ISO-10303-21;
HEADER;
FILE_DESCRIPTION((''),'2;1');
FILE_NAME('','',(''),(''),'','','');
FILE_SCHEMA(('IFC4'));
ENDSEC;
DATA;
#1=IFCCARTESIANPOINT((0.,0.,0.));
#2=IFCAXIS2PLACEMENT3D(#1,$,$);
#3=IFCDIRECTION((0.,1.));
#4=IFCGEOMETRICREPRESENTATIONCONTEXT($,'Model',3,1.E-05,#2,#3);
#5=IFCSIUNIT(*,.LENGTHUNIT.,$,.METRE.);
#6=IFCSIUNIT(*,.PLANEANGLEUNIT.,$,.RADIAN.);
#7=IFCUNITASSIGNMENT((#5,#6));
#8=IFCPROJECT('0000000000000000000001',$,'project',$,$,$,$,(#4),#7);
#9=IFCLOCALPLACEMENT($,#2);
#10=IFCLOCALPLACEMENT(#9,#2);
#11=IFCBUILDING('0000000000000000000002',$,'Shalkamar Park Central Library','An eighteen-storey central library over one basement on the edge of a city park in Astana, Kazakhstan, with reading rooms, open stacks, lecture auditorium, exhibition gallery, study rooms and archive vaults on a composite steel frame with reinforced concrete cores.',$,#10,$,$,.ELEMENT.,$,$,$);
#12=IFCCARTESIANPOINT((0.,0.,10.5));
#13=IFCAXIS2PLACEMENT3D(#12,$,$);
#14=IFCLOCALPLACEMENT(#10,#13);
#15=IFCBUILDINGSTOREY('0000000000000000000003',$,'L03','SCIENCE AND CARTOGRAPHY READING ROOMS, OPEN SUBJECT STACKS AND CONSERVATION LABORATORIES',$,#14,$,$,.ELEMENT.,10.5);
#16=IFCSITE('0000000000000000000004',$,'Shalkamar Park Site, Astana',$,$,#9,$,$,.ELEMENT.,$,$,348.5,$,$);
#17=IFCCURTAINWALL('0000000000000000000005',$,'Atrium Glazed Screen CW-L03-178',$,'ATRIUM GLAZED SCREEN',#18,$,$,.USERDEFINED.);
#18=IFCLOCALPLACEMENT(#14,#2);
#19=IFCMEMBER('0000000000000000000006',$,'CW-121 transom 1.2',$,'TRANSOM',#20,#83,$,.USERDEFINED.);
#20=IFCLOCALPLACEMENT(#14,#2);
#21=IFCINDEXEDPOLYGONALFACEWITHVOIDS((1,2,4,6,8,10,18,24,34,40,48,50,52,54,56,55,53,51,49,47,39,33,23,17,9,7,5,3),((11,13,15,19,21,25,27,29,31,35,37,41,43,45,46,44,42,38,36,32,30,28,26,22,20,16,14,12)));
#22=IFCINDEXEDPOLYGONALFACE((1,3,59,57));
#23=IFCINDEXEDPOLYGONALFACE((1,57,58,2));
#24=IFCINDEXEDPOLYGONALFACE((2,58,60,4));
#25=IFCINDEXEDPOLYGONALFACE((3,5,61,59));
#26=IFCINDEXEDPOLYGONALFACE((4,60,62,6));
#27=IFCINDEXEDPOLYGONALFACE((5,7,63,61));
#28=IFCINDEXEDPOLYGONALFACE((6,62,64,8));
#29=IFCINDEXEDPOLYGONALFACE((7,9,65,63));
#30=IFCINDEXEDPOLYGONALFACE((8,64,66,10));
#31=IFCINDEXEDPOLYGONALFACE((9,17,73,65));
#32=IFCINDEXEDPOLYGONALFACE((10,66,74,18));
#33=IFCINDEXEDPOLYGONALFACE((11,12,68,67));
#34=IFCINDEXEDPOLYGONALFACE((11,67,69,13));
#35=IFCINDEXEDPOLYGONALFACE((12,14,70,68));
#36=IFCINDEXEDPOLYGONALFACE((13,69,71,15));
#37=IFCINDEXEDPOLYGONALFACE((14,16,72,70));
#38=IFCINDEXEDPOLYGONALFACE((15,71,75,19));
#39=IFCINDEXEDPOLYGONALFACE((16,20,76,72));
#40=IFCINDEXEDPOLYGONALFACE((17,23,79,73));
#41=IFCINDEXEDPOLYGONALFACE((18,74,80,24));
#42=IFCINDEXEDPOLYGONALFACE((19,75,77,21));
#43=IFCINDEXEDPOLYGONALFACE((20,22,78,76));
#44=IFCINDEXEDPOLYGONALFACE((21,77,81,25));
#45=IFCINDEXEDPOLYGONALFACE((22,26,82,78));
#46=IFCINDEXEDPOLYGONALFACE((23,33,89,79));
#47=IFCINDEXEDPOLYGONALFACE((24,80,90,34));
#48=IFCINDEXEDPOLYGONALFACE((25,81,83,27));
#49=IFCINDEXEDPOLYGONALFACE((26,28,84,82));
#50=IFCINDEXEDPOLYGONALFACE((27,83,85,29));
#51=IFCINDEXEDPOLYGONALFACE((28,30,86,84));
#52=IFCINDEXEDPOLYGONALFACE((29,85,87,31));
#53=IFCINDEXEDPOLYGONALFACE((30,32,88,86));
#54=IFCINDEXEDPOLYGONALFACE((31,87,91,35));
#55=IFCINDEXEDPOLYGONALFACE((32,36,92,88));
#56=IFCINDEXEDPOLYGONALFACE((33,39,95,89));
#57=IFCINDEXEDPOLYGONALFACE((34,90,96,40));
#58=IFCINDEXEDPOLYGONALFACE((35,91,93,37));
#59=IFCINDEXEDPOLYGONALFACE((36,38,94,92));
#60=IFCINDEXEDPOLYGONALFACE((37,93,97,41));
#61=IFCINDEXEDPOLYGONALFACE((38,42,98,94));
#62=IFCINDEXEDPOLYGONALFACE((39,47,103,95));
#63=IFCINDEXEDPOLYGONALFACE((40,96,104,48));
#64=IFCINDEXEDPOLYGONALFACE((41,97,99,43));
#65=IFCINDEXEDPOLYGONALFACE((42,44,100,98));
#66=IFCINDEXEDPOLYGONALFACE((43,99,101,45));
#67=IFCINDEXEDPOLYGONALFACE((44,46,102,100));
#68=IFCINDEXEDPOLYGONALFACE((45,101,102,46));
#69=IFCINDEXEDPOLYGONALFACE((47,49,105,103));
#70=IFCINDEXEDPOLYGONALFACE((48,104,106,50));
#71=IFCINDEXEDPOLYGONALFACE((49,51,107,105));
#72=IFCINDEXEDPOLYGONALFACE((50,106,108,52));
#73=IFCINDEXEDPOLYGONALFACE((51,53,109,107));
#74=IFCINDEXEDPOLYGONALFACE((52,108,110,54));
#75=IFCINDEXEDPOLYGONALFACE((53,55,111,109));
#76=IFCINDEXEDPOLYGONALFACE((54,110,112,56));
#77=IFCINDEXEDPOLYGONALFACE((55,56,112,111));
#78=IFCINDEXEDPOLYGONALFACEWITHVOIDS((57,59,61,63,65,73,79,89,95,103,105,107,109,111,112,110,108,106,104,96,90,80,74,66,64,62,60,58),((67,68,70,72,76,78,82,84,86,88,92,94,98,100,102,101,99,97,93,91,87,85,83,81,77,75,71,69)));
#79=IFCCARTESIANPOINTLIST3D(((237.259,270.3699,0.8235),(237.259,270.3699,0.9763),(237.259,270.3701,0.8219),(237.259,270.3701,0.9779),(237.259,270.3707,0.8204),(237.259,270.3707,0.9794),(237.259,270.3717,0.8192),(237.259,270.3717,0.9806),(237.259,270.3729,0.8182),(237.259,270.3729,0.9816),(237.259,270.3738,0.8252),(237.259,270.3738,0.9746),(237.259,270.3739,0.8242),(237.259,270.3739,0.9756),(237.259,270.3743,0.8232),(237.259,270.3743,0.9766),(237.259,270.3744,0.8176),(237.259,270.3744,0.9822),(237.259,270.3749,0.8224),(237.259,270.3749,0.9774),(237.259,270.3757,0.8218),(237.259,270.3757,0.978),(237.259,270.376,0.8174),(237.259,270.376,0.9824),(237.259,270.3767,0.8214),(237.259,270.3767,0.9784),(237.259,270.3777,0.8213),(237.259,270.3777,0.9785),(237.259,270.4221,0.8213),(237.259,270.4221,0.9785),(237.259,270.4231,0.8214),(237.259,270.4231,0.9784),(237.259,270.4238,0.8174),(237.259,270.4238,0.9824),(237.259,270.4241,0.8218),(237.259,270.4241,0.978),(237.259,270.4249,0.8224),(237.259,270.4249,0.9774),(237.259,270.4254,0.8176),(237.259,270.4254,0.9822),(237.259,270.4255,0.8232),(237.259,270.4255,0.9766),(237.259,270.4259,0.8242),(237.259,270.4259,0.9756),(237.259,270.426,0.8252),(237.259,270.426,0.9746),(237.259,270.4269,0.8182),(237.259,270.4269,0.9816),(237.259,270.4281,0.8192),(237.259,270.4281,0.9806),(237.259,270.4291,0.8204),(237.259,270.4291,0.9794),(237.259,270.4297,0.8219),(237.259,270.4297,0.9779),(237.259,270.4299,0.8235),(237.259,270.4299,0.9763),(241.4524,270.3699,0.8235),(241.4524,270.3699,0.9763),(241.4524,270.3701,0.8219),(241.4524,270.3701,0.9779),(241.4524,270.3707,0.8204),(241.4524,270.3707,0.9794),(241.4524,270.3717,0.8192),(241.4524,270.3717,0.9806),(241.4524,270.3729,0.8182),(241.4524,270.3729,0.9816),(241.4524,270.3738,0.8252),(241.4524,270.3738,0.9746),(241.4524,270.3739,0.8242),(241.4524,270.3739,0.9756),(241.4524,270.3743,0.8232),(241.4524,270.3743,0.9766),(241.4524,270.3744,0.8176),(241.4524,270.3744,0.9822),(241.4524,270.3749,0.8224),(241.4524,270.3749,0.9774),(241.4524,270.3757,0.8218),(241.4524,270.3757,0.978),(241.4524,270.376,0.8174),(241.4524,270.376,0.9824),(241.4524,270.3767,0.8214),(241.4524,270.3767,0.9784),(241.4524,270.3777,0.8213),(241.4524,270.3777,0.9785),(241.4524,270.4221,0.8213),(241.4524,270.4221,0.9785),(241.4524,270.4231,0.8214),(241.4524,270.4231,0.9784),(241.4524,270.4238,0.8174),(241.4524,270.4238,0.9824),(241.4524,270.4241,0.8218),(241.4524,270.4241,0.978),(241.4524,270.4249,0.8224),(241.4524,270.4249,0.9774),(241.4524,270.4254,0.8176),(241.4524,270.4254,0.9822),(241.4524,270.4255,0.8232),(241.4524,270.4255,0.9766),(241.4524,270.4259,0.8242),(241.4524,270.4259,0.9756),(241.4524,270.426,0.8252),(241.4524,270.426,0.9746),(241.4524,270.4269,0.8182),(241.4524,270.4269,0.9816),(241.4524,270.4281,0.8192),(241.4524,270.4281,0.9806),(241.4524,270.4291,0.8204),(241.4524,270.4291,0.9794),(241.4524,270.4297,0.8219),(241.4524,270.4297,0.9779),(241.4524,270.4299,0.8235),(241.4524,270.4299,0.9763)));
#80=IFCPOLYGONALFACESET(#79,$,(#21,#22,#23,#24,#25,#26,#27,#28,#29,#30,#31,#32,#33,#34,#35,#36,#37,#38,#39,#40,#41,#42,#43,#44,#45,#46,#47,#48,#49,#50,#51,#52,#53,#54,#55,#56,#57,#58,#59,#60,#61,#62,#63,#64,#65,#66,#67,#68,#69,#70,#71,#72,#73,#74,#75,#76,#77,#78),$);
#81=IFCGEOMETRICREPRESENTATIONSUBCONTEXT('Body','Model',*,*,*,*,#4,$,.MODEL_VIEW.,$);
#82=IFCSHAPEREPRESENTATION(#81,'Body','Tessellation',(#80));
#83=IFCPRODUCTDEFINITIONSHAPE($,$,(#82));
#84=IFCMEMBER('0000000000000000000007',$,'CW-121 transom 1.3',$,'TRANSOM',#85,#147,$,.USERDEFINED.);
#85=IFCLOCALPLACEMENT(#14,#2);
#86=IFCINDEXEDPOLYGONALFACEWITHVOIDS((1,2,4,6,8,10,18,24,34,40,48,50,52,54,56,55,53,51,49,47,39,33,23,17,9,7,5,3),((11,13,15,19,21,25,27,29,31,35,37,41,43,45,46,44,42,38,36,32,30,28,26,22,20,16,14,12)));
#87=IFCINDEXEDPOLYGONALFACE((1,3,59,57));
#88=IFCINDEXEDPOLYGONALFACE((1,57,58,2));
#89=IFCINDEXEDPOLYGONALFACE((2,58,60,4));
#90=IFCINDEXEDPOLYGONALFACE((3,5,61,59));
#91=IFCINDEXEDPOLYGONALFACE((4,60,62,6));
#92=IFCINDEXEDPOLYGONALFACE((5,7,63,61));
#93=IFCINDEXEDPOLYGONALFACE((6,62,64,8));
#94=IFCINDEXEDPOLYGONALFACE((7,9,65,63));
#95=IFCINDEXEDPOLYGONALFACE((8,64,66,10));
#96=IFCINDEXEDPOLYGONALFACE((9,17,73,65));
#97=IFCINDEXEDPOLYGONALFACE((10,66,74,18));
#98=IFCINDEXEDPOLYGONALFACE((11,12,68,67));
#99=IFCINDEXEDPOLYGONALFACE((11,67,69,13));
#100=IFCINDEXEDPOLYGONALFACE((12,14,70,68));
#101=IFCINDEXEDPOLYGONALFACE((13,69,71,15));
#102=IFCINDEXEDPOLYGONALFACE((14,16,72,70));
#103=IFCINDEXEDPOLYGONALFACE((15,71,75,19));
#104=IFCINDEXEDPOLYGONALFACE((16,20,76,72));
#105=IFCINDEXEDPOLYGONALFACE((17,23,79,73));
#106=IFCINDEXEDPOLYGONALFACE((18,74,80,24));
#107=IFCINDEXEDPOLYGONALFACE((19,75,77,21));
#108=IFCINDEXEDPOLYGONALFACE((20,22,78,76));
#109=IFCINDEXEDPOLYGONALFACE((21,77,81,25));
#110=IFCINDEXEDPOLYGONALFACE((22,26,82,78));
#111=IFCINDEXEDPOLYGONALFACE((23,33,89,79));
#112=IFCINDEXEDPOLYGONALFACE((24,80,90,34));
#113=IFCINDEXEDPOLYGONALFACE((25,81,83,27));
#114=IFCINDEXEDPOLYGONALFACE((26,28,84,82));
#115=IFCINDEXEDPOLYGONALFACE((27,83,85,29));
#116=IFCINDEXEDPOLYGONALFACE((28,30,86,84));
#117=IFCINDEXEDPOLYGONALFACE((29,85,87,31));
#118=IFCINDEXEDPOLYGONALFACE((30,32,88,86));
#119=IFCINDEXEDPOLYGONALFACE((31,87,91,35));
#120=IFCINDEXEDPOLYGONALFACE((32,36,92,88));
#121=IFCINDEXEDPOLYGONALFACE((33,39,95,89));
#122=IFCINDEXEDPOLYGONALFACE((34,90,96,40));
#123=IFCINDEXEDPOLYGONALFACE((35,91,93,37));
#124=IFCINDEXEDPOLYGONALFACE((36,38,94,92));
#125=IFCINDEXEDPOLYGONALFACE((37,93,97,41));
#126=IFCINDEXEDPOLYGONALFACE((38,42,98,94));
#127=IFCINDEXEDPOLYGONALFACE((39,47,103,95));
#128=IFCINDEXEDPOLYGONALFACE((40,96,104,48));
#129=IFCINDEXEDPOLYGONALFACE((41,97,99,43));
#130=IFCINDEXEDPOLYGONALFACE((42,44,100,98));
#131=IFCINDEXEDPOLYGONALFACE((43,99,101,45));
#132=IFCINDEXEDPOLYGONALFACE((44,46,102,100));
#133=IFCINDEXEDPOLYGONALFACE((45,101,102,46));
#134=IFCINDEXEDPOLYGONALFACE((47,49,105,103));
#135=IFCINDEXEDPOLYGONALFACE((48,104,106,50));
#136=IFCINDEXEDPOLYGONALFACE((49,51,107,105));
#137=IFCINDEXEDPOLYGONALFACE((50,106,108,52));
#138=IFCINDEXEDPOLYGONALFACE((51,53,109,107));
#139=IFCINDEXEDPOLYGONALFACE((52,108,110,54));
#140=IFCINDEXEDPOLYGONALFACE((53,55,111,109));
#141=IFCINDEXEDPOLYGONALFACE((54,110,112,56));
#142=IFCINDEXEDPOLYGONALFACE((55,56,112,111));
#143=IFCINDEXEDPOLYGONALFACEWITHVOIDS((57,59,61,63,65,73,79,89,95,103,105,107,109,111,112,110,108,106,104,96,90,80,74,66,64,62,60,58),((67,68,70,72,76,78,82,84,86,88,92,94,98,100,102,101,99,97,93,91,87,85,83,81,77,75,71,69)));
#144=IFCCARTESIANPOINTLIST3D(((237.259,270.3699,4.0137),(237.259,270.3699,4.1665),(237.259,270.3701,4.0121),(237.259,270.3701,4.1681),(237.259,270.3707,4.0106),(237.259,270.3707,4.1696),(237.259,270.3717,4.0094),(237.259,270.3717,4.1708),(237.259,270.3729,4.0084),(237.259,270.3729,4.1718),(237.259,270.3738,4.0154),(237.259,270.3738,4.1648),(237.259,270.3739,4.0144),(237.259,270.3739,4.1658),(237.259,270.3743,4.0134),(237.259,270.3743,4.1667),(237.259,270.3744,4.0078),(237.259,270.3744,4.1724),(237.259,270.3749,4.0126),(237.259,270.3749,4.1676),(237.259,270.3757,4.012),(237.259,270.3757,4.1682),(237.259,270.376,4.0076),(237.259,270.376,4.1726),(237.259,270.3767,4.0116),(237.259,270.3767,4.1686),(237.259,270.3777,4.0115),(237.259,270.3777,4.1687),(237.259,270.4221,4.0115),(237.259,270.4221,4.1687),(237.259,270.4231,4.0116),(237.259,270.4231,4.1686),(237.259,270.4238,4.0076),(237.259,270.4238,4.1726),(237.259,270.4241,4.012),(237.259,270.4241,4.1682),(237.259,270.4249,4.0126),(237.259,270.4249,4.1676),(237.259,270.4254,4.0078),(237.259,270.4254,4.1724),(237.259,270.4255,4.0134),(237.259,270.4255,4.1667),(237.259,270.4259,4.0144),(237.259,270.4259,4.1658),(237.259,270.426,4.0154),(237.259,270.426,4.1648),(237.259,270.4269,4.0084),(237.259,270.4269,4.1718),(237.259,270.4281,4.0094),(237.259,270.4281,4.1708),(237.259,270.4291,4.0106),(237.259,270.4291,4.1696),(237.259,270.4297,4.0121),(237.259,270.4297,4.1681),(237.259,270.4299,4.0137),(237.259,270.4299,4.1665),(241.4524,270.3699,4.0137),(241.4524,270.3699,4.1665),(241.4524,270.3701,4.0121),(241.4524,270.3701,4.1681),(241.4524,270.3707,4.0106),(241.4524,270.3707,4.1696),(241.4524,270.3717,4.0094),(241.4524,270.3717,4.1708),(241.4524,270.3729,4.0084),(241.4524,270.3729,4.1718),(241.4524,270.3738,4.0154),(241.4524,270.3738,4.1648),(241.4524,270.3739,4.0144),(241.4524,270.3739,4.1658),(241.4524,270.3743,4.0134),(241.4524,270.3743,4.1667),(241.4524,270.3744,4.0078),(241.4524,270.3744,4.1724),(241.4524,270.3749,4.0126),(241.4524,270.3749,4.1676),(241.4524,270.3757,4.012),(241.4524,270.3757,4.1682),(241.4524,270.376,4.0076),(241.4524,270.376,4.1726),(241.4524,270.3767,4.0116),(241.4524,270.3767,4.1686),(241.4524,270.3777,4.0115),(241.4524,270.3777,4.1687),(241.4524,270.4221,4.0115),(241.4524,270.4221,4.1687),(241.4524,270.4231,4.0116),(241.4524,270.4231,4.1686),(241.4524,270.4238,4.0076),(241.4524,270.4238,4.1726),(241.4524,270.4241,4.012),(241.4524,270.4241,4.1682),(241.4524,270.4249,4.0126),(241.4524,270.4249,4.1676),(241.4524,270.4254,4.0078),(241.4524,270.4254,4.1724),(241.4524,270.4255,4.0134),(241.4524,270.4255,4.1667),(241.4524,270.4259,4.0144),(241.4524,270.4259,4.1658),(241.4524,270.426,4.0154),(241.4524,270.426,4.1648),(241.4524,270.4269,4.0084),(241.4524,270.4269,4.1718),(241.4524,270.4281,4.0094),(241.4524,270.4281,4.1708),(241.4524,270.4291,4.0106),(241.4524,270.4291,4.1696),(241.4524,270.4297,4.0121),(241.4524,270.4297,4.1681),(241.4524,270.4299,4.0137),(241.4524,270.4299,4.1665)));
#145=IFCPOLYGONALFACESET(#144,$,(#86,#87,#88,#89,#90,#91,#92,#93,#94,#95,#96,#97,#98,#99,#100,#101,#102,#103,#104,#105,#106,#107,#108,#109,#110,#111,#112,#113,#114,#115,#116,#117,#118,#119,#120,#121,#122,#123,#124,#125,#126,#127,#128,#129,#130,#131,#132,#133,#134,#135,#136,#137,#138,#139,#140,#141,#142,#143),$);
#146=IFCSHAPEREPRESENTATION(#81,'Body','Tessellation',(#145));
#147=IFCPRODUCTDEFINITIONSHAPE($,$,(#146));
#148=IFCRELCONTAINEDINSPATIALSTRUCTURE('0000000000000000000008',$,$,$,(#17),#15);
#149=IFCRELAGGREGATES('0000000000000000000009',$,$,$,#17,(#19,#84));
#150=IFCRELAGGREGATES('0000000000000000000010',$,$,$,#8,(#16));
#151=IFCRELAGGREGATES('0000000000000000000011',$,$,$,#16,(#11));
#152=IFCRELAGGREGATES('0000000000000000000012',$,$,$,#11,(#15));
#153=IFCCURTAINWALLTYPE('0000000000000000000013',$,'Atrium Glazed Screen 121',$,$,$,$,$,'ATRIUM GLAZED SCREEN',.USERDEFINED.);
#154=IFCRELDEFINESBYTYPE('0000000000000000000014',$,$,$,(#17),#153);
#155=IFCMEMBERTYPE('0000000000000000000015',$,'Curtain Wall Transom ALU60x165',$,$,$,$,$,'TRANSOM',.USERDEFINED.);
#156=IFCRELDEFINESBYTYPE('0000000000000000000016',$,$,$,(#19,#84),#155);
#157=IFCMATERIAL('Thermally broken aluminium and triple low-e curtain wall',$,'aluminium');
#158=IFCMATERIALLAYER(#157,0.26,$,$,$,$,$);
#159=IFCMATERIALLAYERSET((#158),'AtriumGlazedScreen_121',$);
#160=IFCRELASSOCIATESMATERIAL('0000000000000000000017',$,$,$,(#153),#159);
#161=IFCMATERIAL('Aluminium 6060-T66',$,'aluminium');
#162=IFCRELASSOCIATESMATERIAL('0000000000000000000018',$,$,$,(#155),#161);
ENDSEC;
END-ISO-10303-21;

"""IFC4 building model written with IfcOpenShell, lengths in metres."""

from ifc_helpers import new_model, si_unit, direction, frame, origin, origin_2d, place, context, subcontext, project, spatial, hollow_rectangle, extrude, material, layer, layer_set, material_profile, profile_set, type_object, element, aggregate, save


model = new_model("IFC4")

# Units and contexts
model_context = context("Model", 3, precision=1e-05, world=origin(), true_north=direction((0.0, 1.0)))
body_context = subcontext(model_context, "Body", "Model", "MODEL_VIEW")
ifc_project = project(units=[si_unit("LENGTHUNIT", "METRE"), si_unit("PLANEANGLEUNIT", "RADIAN")], contexts=[model_context])

# Site, building, storey
site_placement = place(None, origin())
site = spatial("IfcSite", under=ifc_project, at=site_placement, Name="Shalkamar Park Site, Astana", CompositionType="ELEMENT", RefElevation=348.5)
building_placement = place(site_placement, origin())
building = spatial("IfcBuilding", under=site, at=building_placement, Name="Shalkamar Park Central Library", Description="An eighteen-storey central library over one basement on the edge of a city park in Astana, Kazakhstan, with reading rooms, open stacks, lecture auditorium, exhibition gallery, study rooms and archive vaults on a composite steel frame with reinforced concrete cores.", CompositionType="ELEMENT")
storey_placement = place(building_placement, frame((0.0, 0.0, 10.5)))
storey = spatial("IfcBuildingStorey", under=building, at=storey_placement, Name="L03", Description="SCIENCE AND CARTOGRAPHY READING ROOMS, OPEN SUBJECT STACKS AND CONSERVATION LABORATORIES", CompositionType="ELEMENT", Elevation=10.5)

# Curtain wall, members
ifc_material_1 = material(Name="Thermally broken aluminium and triple low-e curtain wall", Category="aluminium")
ifc_layer_1 = layer(ifc_material_1, 0.26)
ifc_layer_set_1 = layer_set([ifc_layer_1], Name="AtriumGlazedScreen_121")
curtain_wall_type = type_object("IfcCurtainWallType", Name="Atrium Glazed Screen 121", ElementType="ATRIUM GLAZED SCREEN", PredefinedType="USERDEFINED", material=ifc_layer_set_1)
curtain_wall_placement = place(storey_placement, origin())
curtain_wall = element("IfcCurtainWall", 1, at=curtain_wall_placement, inside=storey, type_object=curtain_wall_type, Name="Atrium Glazed Screen CW-L03-178", ObjectType="ATRIUM GLAZED SCREEN", PredefinedType="USERDEFINED")
ifc_material_2 = material(Name="Aluminium 6060-T66", Category="aluminium")
ifc_material_profile_1 = material_profile(ifc_material_2, hollow_rectangle(XDim=0.0601, YDim=0.165, WallThickness=0.0039, InnerFilletRadius=0.0039, OuterFilletRadius=0.0061, at=origin_2d()), Name="ALU 60x165x4")
ifc_profile_set_1 = profile_set([ifc_material_profile_1], Name="Aluminium 6060-T66")
member_type_1 = type_object("IfcMemberType", Name="Curtain Wall Transom ALU60x165", ElementType="TRANSOM", PredefinedType="USERDEFINED", material=ifc_profile_set_1)
member_1_placement = place(storey_placement, frame((237.259, 270.3999, 0.8999), z_axis=(1.0, 0.0, 0.0), x_axis=(0.0, 1.0, 0.0)))
member_1 = element("IfcMember", 2, at=member_1_placement, type_object=member_type_1, Name="CW-121 transom 1.2", ObjectType="TRANSOM", PredefinedType="USERDEFINED", context=body_context, shape_type="SweptSolid", body=[
    extrude(hollow_rectangle(XDim=0.0601, YDim=0.165, WallThickness=0.0039, InnerFilletRadius=0.0039, OuterFilletRadius=0.0061, at=origin_2d()), origin(), (0.0, 0.0, 1.0), 4.1934),
])
member_2_placement = place(storey_placement, frame((237.259, 270.3999, 4.0901), z_axis=(1.0, 0.0, 0.0), x_axis=(0.0, 1.0, 0.0)))
member_2 = element("IfcMember", 3, at=member_2_placement, type_object=member_type_1, Name="CW-121 transom 1.3", ObjectType="TRANSOM", PredefinedType="USERDEFINED", context=body_context, shape_type="SweptSolid", body=[
    extrude(hollow_rectangle(XDim=0.0601, YDim=0.165, WallThickness=0.0039, InnerFilletRadius=0.0039, OuterFilletRadius=0.0061, at=origin_2d()), origin(), (0.0, 0.0, 1.0), 4.1934),
])

aggregate(curtain_wall, [member_1, member_2])

save(model, "model.ifc")
